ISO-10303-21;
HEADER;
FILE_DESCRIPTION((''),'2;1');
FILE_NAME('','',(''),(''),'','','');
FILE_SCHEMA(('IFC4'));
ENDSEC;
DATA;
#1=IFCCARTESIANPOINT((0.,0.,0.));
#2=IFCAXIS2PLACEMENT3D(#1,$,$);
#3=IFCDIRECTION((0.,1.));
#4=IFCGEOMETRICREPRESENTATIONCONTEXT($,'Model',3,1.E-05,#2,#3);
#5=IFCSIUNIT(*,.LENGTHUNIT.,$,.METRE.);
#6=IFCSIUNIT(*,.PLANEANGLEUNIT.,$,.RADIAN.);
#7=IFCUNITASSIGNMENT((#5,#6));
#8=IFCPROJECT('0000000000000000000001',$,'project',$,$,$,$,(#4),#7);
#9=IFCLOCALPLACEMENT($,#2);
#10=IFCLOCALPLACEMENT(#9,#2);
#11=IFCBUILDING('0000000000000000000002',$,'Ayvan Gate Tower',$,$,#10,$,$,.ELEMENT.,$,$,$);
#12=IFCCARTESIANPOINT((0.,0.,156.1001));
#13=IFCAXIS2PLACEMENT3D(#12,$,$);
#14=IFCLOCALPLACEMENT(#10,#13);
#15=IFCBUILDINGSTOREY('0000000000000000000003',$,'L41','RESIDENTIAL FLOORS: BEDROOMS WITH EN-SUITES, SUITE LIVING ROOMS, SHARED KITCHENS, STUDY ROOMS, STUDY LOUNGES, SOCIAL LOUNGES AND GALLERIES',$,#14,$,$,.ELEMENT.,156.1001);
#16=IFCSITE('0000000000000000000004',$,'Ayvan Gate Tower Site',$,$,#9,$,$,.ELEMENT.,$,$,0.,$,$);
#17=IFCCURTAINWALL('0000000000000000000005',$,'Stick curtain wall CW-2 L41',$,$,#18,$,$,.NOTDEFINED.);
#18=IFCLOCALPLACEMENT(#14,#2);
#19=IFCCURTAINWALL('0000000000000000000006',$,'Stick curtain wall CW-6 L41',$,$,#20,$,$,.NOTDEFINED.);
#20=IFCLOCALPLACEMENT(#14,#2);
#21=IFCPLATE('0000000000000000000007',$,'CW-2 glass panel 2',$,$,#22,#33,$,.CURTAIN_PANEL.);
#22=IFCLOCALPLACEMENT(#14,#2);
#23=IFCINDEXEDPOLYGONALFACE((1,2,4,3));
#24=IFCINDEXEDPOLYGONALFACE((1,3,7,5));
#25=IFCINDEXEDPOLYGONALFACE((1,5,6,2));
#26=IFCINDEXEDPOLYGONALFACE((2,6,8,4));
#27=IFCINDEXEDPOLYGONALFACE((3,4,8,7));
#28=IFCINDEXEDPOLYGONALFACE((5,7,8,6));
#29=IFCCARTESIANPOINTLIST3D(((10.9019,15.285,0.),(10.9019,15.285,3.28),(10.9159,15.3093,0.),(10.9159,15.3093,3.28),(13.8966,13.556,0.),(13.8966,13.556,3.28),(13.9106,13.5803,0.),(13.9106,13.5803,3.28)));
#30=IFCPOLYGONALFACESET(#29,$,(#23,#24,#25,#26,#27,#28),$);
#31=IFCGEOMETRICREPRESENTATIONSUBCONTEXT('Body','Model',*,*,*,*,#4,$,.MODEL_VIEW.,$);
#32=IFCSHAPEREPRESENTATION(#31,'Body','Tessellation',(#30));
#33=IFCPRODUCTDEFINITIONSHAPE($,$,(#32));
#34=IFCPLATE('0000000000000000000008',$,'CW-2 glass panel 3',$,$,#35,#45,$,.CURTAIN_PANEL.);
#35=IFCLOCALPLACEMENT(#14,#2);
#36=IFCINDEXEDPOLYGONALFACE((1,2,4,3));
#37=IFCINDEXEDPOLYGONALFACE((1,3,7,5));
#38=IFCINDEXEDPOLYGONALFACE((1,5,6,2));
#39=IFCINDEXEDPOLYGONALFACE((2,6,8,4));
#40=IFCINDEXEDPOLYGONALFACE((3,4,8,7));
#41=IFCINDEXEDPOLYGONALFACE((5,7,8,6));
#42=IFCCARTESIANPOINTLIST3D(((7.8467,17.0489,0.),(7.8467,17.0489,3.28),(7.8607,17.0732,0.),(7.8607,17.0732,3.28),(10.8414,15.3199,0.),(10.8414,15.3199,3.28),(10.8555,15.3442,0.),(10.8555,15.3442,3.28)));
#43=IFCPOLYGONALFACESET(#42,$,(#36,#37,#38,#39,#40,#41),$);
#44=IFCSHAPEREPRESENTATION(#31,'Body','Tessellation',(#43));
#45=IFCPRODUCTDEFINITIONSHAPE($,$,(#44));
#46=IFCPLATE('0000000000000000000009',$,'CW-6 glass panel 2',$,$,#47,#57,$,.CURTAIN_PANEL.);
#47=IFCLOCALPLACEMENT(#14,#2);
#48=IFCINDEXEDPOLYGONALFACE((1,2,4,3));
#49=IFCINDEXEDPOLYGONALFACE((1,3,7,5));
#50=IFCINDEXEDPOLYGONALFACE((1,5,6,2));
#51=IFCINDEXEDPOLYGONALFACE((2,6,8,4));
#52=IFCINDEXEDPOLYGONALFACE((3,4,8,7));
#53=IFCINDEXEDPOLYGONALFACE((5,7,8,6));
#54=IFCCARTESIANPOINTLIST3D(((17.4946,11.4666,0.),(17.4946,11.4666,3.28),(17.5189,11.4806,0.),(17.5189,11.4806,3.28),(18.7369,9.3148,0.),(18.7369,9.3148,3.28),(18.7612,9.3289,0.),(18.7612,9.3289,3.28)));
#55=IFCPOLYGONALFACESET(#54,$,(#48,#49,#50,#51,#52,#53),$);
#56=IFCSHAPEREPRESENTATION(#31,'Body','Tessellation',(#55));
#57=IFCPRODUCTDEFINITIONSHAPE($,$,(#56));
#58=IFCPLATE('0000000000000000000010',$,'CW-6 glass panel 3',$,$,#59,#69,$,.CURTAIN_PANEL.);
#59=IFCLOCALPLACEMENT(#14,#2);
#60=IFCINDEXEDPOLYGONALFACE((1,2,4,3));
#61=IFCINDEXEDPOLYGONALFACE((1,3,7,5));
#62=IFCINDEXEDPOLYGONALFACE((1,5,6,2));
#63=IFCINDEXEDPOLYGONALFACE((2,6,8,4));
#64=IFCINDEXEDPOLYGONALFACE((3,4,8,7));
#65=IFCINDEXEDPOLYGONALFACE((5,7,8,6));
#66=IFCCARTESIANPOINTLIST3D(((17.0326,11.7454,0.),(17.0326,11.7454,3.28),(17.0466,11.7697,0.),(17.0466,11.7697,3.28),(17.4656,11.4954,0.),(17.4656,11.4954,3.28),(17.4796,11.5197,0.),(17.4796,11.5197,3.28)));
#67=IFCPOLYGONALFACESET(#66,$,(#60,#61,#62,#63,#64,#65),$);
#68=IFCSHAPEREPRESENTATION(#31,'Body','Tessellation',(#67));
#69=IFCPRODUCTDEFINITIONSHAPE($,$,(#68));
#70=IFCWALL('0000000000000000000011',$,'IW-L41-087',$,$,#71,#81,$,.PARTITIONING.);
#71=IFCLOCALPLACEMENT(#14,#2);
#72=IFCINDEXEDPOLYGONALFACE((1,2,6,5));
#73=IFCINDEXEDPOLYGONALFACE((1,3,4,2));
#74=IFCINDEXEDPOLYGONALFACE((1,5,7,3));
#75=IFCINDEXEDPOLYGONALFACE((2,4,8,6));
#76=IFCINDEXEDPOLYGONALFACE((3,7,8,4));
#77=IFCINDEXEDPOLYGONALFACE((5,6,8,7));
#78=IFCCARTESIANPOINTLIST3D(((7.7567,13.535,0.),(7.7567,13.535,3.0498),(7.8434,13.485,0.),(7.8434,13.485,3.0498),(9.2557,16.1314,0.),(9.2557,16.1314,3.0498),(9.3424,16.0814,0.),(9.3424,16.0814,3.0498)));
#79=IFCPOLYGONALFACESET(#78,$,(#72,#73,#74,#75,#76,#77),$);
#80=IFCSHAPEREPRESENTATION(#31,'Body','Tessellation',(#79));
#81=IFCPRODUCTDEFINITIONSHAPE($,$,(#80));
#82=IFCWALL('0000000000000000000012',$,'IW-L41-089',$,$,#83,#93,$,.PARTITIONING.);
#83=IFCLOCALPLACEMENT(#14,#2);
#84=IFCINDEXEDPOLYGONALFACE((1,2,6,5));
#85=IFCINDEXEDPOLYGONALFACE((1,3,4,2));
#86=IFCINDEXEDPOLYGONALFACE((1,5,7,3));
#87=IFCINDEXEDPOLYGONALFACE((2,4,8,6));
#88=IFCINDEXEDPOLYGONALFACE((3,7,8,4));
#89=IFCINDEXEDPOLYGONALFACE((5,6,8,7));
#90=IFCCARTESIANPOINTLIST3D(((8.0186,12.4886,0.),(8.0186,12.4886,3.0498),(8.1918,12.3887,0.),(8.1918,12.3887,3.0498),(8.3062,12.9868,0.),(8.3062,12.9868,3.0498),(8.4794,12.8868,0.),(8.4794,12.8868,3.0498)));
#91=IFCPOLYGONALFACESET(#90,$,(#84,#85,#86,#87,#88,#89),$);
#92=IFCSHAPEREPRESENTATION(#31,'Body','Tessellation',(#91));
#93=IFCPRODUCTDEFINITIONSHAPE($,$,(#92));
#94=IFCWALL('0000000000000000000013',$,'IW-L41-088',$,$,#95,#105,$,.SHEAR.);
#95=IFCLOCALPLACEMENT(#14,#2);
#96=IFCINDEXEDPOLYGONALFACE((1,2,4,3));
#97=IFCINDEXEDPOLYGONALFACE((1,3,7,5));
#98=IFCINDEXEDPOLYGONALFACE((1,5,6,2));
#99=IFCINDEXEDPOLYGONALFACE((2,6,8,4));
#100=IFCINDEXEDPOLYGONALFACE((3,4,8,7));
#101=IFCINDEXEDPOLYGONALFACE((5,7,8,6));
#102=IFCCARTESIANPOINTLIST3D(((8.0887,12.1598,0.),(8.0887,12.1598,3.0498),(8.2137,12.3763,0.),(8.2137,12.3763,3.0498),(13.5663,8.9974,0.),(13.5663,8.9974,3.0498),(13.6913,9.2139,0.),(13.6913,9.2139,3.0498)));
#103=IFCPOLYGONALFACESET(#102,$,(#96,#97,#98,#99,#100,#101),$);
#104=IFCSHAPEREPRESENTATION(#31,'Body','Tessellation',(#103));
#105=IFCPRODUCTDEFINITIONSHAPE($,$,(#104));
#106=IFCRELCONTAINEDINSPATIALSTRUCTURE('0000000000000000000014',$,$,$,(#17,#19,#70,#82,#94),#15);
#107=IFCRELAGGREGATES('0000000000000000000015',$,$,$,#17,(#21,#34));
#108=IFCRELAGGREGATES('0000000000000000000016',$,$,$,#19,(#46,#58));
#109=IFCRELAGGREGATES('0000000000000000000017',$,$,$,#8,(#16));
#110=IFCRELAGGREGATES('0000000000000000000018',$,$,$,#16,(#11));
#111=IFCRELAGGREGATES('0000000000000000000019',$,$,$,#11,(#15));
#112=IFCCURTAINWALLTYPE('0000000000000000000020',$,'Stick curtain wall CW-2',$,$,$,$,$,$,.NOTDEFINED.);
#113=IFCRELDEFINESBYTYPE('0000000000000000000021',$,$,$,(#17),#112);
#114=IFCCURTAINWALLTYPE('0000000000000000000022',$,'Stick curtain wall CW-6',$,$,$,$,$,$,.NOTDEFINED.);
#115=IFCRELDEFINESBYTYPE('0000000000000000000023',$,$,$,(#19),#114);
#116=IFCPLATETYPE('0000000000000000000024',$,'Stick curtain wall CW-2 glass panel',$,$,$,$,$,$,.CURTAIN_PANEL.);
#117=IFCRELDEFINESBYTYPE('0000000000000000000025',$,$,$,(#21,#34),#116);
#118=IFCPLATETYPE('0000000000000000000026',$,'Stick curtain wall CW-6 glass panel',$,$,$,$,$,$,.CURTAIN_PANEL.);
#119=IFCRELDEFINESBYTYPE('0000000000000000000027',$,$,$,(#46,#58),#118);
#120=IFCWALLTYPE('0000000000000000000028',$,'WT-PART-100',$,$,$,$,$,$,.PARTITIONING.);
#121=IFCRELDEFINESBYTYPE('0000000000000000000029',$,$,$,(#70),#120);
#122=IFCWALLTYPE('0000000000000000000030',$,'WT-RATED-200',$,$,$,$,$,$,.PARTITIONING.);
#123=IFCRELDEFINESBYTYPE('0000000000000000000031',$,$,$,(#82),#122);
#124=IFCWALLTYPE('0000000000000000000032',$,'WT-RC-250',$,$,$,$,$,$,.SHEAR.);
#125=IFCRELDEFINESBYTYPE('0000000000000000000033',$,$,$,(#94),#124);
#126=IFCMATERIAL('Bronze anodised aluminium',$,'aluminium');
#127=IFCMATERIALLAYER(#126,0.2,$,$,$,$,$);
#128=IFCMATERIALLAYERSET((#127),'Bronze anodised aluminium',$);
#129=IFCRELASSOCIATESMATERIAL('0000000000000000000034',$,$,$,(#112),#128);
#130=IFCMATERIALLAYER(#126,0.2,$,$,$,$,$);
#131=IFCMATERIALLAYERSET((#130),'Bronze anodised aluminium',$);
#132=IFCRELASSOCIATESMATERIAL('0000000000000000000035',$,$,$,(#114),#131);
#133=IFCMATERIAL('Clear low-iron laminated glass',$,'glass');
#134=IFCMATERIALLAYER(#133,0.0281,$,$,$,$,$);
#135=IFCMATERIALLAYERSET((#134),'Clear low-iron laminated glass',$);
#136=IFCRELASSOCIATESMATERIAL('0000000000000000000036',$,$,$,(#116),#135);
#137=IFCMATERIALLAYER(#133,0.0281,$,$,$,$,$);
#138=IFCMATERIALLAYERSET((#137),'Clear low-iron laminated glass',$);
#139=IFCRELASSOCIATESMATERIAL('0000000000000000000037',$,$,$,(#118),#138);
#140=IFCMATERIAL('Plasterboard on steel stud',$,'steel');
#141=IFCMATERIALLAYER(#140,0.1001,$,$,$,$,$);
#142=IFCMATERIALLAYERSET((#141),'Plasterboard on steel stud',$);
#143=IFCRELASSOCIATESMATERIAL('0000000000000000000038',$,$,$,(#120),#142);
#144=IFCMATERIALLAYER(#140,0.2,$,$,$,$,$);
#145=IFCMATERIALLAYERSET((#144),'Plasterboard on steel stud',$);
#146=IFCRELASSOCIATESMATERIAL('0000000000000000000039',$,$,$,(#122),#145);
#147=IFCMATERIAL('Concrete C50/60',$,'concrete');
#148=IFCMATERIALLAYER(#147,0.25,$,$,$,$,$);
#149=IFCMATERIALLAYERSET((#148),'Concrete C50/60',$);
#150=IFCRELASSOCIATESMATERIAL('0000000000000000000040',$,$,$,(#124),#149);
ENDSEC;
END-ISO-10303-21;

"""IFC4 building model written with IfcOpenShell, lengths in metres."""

from ifc_helpers import new_model, si_unit, direction, frame, frame_2d, origin, origin_2d, place, context, subcontext, project, spatial, rectangle, extrude, material, layer, layer_set, type_object, element, aggregate, save


model = new_model("IFC4")

# Units and contexts
model_context = context("Model", 3, precision=1e-05, world=origin(), true_north=direction((0.0, 1.0)))
body_context = subcontext(model_context, "Body", "Model", "MODEL_VIEW")
ifc_project = project(units=[si_unit("LENGTHUNIT", "METRE"), si_unit("PLANEANGLEUNIT", "RADIAN")], contexts=[model_context])

# Site, building, storey
site_placement = place(None, origin())
site = spatial("IfcSite", under=ifc_project, at=site_placement, Name="Ayvan Gate Tower Site", CompositionType="ELEMENT", RefElevation=0.0)
building_placement = place(site_placement, origin())
building = spatial("IfcBuilding", under=site, at=building_placement, Name="Ayvan Gate Tower", CompositionType="ELEMENT")
storey_placement = place(building_placement, frame((0.0, 0.0, 156.1001)))
storey = spatial("IfcBuildingStorey", under=building, at=storey_placement, Name="L41", Description="RESIDENTIAL FLOORS: BEDROOMS WITH EN-SUITES, SUITE LIVING ROOMS, SHARED KITCHENS, STUDY ROOMS, STUDY LOUNGES, SOCIAL LOUNGES AND GALLERIES", CompositionType="ELEMENT", Elevation=156.1001)

# Curtain walls
ifc_material_1 = material(Name="Bronze anodised aluminium", Category="aluminium")
ifc_layer_1 = layer(ifc_material_1, 0.2)
ifc_layer_set_1 = layer_set([ifc_layer_1], Name="Bronze anodised aluminium")
curtain_wall_type_1 = type_object("IfcCurtainWallType", Name="Stick curtain wall CW-2", PredefinedType="NOTDEFINED", material=ifc_layer_set_1)
curtain_wall_1_placement = place(storey_placement, origin())
curtain_wall_1 = element("IfcCurtainWall", 1, at=curtain_wall_1_placement, inside=storey, type_object=curtain_wall_type_1, Name="Stick curtain wall CW-2 L41", PredefinedType="NOTDEFINED")
ifc_layer_2 = layer(ifc_material_1, 0.2)
ifc_layer_set_2 = layer_set([ifc_layer_2], Name="Bronze anodised aluminium")
curtain_wall_type_2 = type_object("IfcCurtainWallType", Name="Stick curtain wall CW-6", PredefinedType="NOTDEFINED", material=ifc_layer_set_2)
curtain_wall_2_placement = place(storey_placement, origin())
curtain_wall_2 = element("IfcCurtainWall", 2, at=curtain_wall_2_placement, inside=storey, type_object=curtain_wall_type_2, Name="Stick curtain wall CW-6 L41", PredefinedType="NOTDEFINED")

# Plates
ifc_material_2 = material(Name="Clear low-iron laminated glass", Category="glass")
ifc_layer_3 = layer(ifc_material_2, 0.0281)
ifc_layer_set_3 = layer_set([ifc_layer_3], Name="Clear low-iron laminated glass")
plate_type_1 = type_object("IfcPlateType", Name="Stick curtain wall CW-2 glass panel", PredefinedType="CURTAIN_PANEL", material=ifc_layer_set_3)
plate_1_placement = place(storey_placement, frame((12.4062, 14.4326, 0.0), z_axis=(0.0, 0.0, 1.0), x_axis=(-0.866025, 0.5, 0.0)))
plate_1 = element("IfcPlate", 3, at=plate_1_placement, type_object=plate_type_1, Name="CW-2 glass panel 2", PredefinedType="CURTAIN_PANEL", context=body_context, shape_type="SweptSolid", body=[
    extrude(rectangle(XDim=3.458, YDim=0.0281, at=origin_2d()), origin(), (0.0, 0.0, 1.0), 3.28),
])
plate_2_placement = place(storey_placement, frame((9.3511, 16.1965, 0.0), z_axis=(0.0, 0.0, 1.0), x_axis=(-0.866025, 0.5, 0.0)))
plate_2 = element("IfcPlate", 4, at=plate_2_placement, type_object=plate_type_1, Name="CW-2 glass panel 3", PredefinedType="CURTAIN_PANEL", context=body_context, shape_type="SweptSolid", body=[
    extrude(rectangle(XDim=3.458, YDim=0.0281, at=origin_2d()), origin(), (0.0, 0.0, 1.0), 3.28),
])
aggregate(curtain_wall_1, [plate_1, plate_2])
ifc_layer_4 = layer(ifc_material_2, 0.0281)
ifc_layer_set_4 = layer_set([ifc_layer_4], Name="Clear low-iron laminated glass")
plate_type_2 = type_object("IfcPlateType", Name="Stick curtain wall CW-6 glass panel", PredefinedType="CURTAIN_PANEL", material=ifc_layer_set_4)
plate_3_placement = place(storey_placement, frame((18.1279, 10.3977, 0.0), z_axis=(0.0, 0.0, 1.0), x_axis=(-0.5, 0.866025, 0.0)))
plate_3 = element("IfcPlate", 5, at=plate_3_placement, type_object=plate_type_2, Name="CW-6 glass panel 2", PredefinedType="CURTAIN_PANEL", context=body_context, shape_type="SweptSolid", body=[
    extrude(rectangle(XDim=2.4846, YDim=0.0281, at=origin_2d()), origin(), (0.0, 0.0, 1.0), 3.28),
])
plate_4_placement = place(storey_placement, frame((17.2561, 11.6326, 0.0), z_axis=(0.0, 0.0, 1.0), x_axis=(-0.866025, 0.5, 0.0)))
plate_4 = element("IfcPlate", 6, at=plate_4_placement, type_object=plate_type_2, Name="CW-6 glass panel 3", PredefinedType="CURTAIN_PANEL", context=body_context, shape_type="SweptSolid", body=[
    extrude(rectangle(XDim=0.5, YDim=0.0281, at=origin_2d()), origin(), (0.0, 0.0, 1.0), 3.28),
])
aggregate(curtain_wall_2, [plate_3, plate_4])

# Walls
ifc_material_3 = material(Name="Plasterboard on steel stud", Category="steel")
ifc_layer_5 = layer(ifc_material_3, 0.1001)
ifc_layer_set_5 = layer_set([ifc_layer_5], Name="Plasterboard on steel stud")
wall_type_1 = type_object("IfcWallType", Name="WT-PART-100", PredefinedType="PARTITIONING", material=ifc_layer_set_5)
wall_1_placement = place(storey_placement, frame((7.8, 13.51, 0.0), z_axis=(0.0, 0.0, 1.0), x_axis=(0.499993, 0.86603, 0.0)))
element("IfcWall", 7, at=wall_1_placement, inside=storey, type_object=wall_type_1, Name="IW-L41-087", PredefinedType="PARTITIONING", context=body_context, shape_type="SweptSolid", body=[
    extrude(rectangle(XDim=2.998, YDim=0.1001, at=frame_2d((1.499, 0.0))), origin(), (0.0, 0.0, 1.0), 3.0498),
])
ifc_layer_6 = layer(ifc_material_3, 0.2)
ifc_layer_set_6 = layer_set([ifc_layer_6], Name="Plasterboard on steel stud")
wall_type_2 = type_object("IfcWallType", Name="WT-RATED-200", PredefinedType="PARTITIONING", material=ifc_layer_set_6)
wall_2_placement = place(storey_placement, frame((8.3928, 12.9368, 0.0), z_axis=(0.0, 0.0, 1.0), x_axis=(-0.500065, -0.865988, 0.0)))
element("IfcWall", 8, at=wall_2_placement, inside=storey, type_object=wall_type_2, Name="IW-L41-089", PredefinedType="PARTITIONING", context=body_context, shape_type="SweptSolid", body=[
    extrude(rectangle(XDim=0.5752, YDim=0.2, at=frame_2d((0.2876, 0.0))), origin(), (0.0, 0.0, 1.0), 3.0498),
])
ifc_material_4 = material(Name="Concrete C50/60", Category="concrete")
ifc_layer_7 = layer(ifc_material_4, 0.25)
ifc_layer_set_7 = layer_set([ifc_layer_7], Name="Concrete C50/60")
wall_type_3 = type_object("IfcWallType", Name="WT-RC-250", PredefinedType="SHEAR", material=ifc_layer_set_7)
wall_3_placement = place(storey_placement, frame((8.1511, 12.2681, 0.0), z_axis=(0.0, 0.0, 1.0), x_axis=(0.866033, -0.499988, 0.0)))
element("IfcWall", 9, at=wall_3_placement, inside=storey, type_object=wall_type_3, Name="IW-L41-088", PredefinedType="SHEAR", context=body_context, shape_type="SweptSolid", body=[
    extrude(rectangle(XDim=6.325, YDim=0.25, at=frame_2d((3.1626, 0.0))), origin(), (0.0, 0.0, 1.0), 3.0498),
])

save(model, "model.ifc")
